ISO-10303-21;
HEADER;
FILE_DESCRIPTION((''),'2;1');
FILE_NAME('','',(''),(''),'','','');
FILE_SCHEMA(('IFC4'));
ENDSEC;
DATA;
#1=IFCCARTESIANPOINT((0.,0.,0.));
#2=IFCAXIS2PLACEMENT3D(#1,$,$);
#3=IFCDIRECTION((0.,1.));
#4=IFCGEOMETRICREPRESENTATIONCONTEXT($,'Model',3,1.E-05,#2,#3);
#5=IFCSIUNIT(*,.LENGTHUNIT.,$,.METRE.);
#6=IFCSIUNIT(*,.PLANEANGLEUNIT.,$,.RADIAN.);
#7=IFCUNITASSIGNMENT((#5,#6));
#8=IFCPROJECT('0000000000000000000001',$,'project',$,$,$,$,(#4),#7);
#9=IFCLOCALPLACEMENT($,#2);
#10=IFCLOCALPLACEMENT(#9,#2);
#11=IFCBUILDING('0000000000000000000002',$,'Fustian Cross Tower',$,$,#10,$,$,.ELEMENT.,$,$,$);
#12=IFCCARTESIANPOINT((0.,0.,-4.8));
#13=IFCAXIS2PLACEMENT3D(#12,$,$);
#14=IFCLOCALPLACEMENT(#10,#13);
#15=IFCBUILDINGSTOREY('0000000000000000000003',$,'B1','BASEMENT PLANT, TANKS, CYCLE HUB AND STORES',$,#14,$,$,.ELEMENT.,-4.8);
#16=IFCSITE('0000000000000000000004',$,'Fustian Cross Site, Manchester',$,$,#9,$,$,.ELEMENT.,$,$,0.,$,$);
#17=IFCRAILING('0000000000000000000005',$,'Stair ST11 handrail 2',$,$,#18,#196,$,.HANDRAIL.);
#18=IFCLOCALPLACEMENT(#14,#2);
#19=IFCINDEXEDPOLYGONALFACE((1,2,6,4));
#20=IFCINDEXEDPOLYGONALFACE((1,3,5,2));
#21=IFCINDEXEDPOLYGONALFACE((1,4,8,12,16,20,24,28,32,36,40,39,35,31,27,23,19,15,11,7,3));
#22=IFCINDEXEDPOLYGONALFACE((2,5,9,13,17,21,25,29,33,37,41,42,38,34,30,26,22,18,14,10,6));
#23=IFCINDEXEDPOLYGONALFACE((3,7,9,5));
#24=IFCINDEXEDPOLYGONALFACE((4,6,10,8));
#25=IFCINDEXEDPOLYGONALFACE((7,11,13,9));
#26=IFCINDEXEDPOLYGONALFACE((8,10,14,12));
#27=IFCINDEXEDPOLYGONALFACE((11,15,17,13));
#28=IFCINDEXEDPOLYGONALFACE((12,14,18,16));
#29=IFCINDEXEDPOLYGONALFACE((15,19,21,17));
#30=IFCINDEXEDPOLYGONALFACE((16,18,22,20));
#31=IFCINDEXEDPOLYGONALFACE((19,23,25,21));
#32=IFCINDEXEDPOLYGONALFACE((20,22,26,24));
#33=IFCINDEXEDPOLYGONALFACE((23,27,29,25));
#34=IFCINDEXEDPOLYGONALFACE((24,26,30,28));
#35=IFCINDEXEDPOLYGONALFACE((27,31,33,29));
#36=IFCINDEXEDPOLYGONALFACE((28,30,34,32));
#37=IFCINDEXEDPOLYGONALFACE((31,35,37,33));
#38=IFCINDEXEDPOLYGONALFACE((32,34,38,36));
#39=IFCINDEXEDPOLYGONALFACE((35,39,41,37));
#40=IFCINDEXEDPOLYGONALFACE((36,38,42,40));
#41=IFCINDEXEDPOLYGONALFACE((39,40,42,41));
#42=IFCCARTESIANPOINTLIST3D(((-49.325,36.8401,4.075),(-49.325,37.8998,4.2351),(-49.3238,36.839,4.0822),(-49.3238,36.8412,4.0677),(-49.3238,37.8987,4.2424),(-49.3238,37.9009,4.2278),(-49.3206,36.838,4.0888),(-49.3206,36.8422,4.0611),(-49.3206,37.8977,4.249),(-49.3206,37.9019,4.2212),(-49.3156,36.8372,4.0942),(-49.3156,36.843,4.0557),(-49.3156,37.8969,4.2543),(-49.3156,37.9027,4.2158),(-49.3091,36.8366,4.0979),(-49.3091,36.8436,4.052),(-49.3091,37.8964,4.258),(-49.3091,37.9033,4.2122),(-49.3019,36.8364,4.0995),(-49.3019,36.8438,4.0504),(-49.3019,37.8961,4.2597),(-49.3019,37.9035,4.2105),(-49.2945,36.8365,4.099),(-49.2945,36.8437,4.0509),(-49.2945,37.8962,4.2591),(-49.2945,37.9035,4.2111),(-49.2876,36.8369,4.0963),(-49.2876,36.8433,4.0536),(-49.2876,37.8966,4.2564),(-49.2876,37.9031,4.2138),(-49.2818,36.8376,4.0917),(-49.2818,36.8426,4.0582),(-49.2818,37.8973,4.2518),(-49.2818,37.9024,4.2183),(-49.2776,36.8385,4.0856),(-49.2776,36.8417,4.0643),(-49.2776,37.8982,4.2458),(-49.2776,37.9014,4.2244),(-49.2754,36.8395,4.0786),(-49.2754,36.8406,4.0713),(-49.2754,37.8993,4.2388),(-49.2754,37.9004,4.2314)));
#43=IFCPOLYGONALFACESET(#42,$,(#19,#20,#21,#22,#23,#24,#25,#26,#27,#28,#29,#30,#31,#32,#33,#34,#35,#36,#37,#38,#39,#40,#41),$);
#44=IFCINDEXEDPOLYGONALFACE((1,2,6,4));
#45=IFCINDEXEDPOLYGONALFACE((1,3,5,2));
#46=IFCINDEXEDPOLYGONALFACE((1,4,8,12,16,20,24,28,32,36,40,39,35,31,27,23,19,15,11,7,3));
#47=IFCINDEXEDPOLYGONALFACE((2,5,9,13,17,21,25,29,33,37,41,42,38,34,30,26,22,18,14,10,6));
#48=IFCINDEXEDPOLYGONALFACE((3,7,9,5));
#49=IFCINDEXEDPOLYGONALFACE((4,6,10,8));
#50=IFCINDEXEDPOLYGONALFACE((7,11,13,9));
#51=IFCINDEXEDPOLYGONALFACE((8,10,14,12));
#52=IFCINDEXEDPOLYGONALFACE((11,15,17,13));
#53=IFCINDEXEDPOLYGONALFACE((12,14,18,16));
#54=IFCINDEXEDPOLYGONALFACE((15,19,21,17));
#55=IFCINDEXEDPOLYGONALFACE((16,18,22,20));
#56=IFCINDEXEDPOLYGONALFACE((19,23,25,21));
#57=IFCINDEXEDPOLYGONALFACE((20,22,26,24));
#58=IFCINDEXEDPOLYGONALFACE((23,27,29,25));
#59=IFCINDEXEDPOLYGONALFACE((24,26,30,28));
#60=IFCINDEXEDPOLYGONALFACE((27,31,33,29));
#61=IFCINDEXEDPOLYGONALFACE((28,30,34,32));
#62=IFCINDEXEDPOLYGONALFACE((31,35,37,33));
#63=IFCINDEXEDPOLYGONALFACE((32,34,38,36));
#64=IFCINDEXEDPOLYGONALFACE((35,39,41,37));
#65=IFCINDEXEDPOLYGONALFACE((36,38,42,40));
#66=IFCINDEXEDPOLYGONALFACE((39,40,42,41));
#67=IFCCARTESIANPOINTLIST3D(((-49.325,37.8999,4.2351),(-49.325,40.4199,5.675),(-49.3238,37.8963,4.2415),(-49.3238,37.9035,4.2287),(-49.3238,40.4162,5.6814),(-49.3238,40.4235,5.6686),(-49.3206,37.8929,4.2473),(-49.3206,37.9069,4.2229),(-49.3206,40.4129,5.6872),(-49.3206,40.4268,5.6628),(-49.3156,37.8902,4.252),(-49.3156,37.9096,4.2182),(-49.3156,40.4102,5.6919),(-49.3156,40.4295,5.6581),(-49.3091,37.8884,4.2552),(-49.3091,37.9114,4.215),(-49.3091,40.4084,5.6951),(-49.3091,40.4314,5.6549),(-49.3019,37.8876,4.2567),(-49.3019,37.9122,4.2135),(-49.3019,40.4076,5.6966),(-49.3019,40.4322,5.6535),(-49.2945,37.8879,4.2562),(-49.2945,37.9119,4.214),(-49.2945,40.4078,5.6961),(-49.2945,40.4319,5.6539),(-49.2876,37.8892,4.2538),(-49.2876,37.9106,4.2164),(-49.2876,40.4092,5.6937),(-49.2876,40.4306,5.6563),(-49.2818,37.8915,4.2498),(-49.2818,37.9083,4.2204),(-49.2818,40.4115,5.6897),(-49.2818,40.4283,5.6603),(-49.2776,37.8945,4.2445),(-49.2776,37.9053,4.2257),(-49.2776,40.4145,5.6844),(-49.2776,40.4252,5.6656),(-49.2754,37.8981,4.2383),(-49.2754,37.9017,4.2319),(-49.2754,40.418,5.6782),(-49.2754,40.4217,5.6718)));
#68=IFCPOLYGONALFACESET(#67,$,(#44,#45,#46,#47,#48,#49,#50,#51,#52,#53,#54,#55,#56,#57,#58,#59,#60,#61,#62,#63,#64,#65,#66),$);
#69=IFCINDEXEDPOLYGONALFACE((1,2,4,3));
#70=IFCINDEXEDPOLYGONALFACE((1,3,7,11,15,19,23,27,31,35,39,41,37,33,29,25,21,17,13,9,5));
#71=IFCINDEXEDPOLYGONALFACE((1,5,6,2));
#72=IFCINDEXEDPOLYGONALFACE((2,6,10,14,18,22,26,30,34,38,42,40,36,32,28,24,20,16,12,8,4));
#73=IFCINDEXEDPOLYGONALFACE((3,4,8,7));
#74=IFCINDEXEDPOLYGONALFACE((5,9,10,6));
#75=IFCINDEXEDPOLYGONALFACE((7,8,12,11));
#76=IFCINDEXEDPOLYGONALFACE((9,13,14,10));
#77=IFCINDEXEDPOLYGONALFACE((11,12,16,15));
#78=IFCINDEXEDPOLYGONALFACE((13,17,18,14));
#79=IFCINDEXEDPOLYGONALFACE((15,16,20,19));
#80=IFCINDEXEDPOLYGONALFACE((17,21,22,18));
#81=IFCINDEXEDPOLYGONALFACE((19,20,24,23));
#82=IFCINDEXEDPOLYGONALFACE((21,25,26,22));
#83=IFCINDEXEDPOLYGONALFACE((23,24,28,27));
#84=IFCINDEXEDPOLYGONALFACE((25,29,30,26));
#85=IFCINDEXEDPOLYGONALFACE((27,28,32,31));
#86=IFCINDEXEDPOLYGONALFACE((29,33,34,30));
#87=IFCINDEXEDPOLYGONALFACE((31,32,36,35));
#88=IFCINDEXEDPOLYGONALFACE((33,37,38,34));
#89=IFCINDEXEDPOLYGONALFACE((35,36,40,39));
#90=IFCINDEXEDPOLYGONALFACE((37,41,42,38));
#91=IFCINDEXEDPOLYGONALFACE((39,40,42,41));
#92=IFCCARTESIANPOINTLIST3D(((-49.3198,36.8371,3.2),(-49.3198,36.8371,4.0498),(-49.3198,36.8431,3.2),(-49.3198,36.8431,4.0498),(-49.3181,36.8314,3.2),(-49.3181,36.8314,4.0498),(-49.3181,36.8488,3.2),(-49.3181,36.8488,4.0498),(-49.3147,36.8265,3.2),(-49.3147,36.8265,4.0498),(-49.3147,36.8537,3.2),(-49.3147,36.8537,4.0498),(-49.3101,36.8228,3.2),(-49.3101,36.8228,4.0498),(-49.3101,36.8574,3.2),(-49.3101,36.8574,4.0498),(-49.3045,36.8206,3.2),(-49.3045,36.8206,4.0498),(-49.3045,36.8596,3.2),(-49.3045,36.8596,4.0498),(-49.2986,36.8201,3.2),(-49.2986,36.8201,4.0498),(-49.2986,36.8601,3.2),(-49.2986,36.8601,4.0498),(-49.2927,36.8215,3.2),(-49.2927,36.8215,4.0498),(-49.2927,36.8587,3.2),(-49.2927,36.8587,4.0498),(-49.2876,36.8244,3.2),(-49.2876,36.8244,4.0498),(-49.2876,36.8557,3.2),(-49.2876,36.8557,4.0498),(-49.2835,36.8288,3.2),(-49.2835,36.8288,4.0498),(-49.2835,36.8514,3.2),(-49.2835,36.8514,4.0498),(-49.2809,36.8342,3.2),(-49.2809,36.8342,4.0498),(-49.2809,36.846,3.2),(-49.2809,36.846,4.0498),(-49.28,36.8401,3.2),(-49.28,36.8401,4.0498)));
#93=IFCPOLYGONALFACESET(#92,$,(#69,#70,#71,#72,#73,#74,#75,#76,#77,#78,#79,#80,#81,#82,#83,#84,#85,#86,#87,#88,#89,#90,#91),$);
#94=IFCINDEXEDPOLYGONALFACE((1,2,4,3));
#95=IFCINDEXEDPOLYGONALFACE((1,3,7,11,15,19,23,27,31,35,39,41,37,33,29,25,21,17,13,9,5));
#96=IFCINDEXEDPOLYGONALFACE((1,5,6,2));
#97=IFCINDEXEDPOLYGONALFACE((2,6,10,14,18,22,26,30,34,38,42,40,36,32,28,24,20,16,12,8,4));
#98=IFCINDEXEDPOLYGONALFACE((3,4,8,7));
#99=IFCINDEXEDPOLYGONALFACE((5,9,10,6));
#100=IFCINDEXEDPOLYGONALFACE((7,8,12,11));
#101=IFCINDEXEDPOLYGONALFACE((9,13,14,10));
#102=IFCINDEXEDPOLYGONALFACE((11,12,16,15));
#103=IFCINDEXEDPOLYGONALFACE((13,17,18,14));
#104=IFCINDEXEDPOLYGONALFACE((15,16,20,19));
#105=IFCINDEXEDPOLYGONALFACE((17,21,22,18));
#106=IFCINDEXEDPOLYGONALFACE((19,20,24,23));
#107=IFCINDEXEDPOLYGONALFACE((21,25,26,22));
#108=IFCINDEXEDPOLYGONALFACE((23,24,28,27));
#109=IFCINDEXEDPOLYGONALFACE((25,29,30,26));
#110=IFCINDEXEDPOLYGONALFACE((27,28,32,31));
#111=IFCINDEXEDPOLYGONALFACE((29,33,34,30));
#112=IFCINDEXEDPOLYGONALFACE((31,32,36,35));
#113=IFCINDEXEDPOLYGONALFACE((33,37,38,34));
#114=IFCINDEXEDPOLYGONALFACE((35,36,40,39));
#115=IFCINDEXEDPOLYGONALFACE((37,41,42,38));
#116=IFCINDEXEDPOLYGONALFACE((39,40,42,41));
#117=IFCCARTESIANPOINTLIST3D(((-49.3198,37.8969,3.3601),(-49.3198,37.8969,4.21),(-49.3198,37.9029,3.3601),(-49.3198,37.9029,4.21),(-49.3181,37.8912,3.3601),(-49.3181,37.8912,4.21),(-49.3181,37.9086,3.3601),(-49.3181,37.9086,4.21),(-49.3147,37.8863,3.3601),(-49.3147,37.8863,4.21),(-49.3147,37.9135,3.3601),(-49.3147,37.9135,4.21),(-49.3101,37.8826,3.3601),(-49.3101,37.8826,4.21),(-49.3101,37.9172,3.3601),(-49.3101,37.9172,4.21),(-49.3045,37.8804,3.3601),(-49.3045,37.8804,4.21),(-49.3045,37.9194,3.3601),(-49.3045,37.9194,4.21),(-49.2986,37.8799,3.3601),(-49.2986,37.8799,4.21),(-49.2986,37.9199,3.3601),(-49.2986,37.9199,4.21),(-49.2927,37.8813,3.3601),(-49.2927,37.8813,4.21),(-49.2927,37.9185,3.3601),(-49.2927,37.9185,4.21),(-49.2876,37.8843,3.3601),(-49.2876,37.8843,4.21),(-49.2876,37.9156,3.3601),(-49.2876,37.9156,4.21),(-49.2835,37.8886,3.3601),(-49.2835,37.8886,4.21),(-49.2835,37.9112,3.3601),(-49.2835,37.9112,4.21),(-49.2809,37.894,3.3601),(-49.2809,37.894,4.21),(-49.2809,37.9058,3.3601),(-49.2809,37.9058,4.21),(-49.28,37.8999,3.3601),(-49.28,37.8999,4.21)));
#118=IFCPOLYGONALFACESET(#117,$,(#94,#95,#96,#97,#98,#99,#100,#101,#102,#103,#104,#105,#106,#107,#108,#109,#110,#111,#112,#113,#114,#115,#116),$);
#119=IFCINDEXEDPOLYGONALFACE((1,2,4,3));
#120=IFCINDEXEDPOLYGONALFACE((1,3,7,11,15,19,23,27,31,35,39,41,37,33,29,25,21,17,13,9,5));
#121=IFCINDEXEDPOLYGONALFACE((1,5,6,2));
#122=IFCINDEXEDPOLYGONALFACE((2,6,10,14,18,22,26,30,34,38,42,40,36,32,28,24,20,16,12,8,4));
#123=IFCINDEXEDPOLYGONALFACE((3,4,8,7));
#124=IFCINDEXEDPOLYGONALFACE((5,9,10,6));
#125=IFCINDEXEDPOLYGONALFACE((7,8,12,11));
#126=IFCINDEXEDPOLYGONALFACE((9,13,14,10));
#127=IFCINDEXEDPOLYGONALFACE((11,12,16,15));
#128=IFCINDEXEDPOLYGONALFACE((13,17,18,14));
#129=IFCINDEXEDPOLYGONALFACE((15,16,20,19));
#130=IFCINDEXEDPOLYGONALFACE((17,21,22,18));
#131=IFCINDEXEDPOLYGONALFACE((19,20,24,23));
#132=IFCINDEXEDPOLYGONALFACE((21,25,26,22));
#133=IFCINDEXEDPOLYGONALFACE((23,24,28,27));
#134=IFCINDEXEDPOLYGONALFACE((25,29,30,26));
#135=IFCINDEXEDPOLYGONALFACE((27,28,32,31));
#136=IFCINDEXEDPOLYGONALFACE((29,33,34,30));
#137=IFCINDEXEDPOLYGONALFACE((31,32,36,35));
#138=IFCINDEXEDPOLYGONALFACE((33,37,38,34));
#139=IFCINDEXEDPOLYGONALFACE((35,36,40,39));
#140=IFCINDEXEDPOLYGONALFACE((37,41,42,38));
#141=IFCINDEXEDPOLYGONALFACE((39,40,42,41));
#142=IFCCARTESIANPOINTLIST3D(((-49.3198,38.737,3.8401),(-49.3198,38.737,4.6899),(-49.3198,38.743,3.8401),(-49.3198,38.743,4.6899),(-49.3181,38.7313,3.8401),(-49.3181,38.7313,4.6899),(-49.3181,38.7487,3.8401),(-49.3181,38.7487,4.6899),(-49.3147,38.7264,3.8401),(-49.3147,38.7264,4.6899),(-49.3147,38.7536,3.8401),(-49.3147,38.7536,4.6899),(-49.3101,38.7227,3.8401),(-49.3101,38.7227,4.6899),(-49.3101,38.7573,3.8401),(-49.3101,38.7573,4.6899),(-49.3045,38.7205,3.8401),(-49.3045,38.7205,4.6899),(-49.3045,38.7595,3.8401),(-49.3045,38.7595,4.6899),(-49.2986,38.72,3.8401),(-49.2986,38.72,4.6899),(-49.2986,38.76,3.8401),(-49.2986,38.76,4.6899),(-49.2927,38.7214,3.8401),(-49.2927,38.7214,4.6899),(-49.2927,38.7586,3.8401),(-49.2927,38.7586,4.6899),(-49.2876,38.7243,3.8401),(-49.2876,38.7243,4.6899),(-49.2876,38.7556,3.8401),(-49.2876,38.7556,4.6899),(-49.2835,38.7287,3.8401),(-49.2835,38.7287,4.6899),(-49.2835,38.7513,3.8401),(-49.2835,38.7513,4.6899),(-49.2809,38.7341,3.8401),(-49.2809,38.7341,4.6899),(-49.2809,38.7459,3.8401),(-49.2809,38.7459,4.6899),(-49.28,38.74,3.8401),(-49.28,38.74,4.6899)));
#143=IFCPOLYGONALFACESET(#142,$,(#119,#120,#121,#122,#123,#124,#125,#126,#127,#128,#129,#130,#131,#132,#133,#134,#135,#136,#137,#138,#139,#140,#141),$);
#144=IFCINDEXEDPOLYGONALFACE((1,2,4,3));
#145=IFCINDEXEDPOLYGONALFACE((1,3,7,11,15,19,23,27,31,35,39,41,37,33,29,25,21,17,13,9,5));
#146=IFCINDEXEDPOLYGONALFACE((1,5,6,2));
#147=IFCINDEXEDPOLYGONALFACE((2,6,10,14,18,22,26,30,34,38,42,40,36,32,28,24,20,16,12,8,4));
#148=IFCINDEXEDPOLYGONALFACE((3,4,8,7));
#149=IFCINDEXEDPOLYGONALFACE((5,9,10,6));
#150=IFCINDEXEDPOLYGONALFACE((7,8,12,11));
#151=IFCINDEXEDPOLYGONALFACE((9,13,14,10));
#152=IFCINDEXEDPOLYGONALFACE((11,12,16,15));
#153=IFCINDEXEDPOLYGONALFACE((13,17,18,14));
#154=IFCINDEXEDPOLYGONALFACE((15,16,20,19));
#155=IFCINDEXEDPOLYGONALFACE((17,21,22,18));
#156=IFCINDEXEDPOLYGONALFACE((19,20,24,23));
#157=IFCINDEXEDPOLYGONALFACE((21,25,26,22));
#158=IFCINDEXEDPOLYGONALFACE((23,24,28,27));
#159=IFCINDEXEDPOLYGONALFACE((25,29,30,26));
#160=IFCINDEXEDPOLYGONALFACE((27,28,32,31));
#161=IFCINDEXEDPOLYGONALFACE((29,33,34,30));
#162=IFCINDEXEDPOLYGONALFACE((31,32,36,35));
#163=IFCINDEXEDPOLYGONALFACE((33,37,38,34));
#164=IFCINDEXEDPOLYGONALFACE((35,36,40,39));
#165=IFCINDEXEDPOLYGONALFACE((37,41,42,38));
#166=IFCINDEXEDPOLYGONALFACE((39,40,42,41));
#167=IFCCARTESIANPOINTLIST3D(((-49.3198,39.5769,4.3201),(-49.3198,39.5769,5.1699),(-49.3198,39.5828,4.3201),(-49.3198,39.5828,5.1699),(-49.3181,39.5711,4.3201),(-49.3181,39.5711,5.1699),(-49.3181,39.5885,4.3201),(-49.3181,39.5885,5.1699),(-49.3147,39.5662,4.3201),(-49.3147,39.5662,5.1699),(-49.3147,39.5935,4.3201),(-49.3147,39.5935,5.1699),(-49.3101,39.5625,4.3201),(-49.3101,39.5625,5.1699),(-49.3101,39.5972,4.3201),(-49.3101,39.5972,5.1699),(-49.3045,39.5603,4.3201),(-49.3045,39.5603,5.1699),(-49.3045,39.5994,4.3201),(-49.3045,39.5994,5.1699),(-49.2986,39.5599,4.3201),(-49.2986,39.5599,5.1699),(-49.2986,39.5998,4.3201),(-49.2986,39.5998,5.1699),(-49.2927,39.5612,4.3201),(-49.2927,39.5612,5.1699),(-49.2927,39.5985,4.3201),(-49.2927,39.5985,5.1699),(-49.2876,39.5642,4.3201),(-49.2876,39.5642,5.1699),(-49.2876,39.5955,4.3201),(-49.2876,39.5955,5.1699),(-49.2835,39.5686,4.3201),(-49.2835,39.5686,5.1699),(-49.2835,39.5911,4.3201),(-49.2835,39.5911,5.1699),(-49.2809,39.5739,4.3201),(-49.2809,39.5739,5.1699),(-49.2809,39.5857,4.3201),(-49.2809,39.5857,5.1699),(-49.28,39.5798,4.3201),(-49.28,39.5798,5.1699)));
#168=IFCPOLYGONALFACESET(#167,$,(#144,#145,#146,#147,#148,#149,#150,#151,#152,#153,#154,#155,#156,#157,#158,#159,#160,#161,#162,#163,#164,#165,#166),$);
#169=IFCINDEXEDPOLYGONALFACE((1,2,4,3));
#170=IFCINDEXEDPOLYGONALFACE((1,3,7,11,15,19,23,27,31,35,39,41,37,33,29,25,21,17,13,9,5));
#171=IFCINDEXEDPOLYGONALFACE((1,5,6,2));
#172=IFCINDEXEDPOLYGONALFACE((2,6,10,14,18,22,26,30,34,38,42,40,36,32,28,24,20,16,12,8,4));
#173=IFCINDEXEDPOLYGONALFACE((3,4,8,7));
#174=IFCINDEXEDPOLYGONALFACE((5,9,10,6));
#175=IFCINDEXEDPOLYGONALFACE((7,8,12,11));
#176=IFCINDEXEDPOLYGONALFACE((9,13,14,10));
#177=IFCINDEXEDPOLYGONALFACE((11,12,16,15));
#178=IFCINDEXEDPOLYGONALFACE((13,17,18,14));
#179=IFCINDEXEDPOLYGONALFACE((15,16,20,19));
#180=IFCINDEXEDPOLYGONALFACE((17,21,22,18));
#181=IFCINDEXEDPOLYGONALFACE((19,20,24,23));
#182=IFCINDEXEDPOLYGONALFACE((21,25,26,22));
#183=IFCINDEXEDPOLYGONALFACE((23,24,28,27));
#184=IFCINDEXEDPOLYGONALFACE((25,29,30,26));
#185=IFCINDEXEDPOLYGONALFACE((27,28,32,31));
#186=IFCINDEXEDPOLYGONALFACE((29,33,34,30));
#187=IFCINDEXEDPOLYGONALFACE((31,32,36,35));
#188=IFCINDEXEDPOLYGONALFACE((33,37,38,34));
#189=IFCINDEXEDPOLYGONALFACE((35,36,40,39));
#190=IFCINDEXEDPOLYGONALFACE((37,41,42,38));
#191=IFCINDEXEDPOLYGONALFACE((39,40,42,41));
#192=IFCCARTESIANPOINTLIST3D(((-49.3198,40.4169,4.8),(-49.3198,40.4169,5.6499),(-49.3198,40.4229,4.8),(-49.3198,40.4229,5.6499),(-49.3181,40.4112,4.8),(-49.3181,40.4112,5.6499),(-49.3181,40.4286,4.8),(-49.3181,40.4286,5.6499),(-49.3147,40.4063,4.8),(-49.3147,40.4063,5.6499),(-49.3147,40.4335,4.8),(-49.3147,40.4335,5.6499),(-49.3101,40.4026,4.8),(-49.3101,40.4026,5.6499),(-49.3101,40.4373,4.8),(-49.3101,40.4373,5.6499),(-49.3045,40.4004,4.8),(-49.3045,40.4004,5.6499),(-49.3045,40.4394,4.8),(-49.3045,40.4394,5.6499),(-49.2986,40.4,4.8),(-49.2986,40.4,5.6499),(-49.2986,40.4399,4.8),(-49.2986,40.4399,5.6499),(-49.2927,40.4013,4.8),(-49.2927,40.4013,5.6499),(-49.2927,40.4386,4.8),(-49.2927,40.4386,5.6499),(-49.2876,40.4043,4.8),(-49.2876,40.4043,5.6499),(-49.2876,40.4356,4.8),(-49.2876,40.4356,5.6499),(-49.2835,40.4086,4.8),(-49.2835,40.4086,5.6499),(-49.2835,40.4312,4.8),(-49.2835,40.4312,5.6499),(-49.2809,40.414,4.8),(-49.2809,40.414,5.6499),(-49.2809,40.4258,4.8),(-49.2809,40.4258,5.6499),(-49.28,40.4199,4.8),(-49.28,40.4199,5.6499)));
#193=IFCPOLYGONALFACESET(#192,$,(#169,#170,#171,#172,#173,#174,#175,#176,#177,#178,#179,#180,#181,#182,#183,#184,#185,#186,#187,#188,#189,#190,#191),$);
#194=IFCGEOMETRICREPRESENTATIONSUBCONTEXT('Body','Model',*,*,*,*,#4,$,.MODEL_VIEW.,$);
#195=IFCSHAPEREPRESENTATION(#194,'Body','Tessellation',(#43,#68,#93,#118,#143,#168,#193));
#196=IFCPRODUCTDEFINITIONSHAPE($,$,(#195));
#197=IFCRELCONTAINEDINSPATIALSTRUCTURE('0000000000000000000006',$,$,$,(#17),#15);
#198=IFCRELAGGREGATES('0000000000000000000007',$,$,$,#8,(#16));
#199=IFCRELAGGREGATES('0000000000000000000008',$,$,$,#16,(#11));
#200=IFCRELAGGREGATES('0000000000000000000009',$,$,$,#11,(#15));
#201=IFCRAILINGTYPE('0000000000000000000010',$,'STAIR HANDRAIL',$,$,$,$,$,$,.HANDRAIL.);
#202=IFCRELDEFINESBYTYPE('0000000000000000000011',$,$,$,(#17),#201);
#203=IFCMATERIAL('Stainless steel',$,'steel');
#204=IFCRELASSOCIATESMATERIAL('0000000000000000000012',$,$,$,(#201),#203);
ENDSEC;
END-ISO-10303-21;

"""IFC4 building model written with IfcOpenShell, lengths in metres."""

from ifc_helpers import new_model, si_unit, direction, frame, origin, origin_2d, place, context, subcontext, project, spatial, circle, extrude, material, type_object, element, save


model = new_model("IFC4")

# Units and contexts
model_context = context("Model", 3, precision=1e-05, world=origin(), true_north=direction((0.0, 1.0)))
body_context = subcontext(model_context, "Body", "Model", "MODEL_VIEW")
ifc_project = project(units=[si_unit("LENGTHUNIT", "METRE"), si_unit("PLANEANGLEUNIT", "RADIAN")], contexts=[model_context])

# Site, building, storey
site_placement = place(None, origin())
site = spatial("IfcSite", under=ifc_project, at=site_placement, Name="Fustian Cross Site, Manchester", CompositionType="ELEMENT", RefElevation=0.0)
building_placement = place(site_placement, origin())
building = spatial("IfcBuilding", under=site, at=building_placement, Name="Fustian Cross Tower", CompositionType="ELEMENT")
storey_placement = place(building_placement, frame((0.0, 0.0, -4.8)))
storey = spatial("IfcBuildingStorey", under=building, at=storey_placement, Name="B1", Description="BASEMENT PLANT, TANKS, CYCLE HUB AND STORES", CompositionType="ELEMENT", Elevation=-4.8)

# Railing
ifc_material_1 = material(Name="Stainless steel", Category="steel")
railing_type = type_object("IfcRailingType", Name="STAIR HANDRAIL", PredefinedType="HANDRAIL", material=ifc_material_1)
railing_1_placement = place(storey_placement, frame((-49.3, 36.8401, 3.2)))
element("IfcRailing", 1, at=railing_1_placement, inside=storey, type_object=railing_type, Name="Stair ST11 handrail 2", PredefinedType="HANDRAIL", context=body_context, shape_type="SweptSolid", body=[
    extrude(circle(Radius=0.0249, at=origin_2d()), frame((0.0, 0.0, 0.875), z_axis=(0.0, 0.988774, 0.149421), x_axis=(-1.0, 0.0, 0.0)), (0.0, 0.0, 1.0), 1.0718),
    extrude(circle(Radius=0.0249, at=origin_2d()), frame((0.0, 1.0598, 1.0352), z_axis=(0.0, 0.868253, 0.496121), x_axis=(-1.0, 0.0, 0.0)), (0.0, 0.0, 1.0), 2.9023),
    extrude(circle(Radius=0.02, at=origin_2d()), origin(), (0.0, 0.0, 1.0), 0.8499),
    extrude(circle(Radius=0.02, at=origin_2d()), frame((0.0, 1.0598, 0.1602)), (0.0, 0.0, 1.0), 0.8499),
    extrude(circle(Radius=0.02, at=origin_2d()), frame((0.0, 1.8999, 0.6401)), (0.0, 0.0, 1.0), 0.8499),
    extrude(circle(Radius=0.02, at=origin_2d()), frame((0.0, 2.7397, 1.1201)), (0.0, 0.0, 1.0), 0.8499),
    extrude(circle(Radius=0.02, at=origin_2d()), frame((0.0, 3.5798, 1.6001)), (0.0, 0.0, 1.0), 0.8499),
])

save(model, "model.ifc")
